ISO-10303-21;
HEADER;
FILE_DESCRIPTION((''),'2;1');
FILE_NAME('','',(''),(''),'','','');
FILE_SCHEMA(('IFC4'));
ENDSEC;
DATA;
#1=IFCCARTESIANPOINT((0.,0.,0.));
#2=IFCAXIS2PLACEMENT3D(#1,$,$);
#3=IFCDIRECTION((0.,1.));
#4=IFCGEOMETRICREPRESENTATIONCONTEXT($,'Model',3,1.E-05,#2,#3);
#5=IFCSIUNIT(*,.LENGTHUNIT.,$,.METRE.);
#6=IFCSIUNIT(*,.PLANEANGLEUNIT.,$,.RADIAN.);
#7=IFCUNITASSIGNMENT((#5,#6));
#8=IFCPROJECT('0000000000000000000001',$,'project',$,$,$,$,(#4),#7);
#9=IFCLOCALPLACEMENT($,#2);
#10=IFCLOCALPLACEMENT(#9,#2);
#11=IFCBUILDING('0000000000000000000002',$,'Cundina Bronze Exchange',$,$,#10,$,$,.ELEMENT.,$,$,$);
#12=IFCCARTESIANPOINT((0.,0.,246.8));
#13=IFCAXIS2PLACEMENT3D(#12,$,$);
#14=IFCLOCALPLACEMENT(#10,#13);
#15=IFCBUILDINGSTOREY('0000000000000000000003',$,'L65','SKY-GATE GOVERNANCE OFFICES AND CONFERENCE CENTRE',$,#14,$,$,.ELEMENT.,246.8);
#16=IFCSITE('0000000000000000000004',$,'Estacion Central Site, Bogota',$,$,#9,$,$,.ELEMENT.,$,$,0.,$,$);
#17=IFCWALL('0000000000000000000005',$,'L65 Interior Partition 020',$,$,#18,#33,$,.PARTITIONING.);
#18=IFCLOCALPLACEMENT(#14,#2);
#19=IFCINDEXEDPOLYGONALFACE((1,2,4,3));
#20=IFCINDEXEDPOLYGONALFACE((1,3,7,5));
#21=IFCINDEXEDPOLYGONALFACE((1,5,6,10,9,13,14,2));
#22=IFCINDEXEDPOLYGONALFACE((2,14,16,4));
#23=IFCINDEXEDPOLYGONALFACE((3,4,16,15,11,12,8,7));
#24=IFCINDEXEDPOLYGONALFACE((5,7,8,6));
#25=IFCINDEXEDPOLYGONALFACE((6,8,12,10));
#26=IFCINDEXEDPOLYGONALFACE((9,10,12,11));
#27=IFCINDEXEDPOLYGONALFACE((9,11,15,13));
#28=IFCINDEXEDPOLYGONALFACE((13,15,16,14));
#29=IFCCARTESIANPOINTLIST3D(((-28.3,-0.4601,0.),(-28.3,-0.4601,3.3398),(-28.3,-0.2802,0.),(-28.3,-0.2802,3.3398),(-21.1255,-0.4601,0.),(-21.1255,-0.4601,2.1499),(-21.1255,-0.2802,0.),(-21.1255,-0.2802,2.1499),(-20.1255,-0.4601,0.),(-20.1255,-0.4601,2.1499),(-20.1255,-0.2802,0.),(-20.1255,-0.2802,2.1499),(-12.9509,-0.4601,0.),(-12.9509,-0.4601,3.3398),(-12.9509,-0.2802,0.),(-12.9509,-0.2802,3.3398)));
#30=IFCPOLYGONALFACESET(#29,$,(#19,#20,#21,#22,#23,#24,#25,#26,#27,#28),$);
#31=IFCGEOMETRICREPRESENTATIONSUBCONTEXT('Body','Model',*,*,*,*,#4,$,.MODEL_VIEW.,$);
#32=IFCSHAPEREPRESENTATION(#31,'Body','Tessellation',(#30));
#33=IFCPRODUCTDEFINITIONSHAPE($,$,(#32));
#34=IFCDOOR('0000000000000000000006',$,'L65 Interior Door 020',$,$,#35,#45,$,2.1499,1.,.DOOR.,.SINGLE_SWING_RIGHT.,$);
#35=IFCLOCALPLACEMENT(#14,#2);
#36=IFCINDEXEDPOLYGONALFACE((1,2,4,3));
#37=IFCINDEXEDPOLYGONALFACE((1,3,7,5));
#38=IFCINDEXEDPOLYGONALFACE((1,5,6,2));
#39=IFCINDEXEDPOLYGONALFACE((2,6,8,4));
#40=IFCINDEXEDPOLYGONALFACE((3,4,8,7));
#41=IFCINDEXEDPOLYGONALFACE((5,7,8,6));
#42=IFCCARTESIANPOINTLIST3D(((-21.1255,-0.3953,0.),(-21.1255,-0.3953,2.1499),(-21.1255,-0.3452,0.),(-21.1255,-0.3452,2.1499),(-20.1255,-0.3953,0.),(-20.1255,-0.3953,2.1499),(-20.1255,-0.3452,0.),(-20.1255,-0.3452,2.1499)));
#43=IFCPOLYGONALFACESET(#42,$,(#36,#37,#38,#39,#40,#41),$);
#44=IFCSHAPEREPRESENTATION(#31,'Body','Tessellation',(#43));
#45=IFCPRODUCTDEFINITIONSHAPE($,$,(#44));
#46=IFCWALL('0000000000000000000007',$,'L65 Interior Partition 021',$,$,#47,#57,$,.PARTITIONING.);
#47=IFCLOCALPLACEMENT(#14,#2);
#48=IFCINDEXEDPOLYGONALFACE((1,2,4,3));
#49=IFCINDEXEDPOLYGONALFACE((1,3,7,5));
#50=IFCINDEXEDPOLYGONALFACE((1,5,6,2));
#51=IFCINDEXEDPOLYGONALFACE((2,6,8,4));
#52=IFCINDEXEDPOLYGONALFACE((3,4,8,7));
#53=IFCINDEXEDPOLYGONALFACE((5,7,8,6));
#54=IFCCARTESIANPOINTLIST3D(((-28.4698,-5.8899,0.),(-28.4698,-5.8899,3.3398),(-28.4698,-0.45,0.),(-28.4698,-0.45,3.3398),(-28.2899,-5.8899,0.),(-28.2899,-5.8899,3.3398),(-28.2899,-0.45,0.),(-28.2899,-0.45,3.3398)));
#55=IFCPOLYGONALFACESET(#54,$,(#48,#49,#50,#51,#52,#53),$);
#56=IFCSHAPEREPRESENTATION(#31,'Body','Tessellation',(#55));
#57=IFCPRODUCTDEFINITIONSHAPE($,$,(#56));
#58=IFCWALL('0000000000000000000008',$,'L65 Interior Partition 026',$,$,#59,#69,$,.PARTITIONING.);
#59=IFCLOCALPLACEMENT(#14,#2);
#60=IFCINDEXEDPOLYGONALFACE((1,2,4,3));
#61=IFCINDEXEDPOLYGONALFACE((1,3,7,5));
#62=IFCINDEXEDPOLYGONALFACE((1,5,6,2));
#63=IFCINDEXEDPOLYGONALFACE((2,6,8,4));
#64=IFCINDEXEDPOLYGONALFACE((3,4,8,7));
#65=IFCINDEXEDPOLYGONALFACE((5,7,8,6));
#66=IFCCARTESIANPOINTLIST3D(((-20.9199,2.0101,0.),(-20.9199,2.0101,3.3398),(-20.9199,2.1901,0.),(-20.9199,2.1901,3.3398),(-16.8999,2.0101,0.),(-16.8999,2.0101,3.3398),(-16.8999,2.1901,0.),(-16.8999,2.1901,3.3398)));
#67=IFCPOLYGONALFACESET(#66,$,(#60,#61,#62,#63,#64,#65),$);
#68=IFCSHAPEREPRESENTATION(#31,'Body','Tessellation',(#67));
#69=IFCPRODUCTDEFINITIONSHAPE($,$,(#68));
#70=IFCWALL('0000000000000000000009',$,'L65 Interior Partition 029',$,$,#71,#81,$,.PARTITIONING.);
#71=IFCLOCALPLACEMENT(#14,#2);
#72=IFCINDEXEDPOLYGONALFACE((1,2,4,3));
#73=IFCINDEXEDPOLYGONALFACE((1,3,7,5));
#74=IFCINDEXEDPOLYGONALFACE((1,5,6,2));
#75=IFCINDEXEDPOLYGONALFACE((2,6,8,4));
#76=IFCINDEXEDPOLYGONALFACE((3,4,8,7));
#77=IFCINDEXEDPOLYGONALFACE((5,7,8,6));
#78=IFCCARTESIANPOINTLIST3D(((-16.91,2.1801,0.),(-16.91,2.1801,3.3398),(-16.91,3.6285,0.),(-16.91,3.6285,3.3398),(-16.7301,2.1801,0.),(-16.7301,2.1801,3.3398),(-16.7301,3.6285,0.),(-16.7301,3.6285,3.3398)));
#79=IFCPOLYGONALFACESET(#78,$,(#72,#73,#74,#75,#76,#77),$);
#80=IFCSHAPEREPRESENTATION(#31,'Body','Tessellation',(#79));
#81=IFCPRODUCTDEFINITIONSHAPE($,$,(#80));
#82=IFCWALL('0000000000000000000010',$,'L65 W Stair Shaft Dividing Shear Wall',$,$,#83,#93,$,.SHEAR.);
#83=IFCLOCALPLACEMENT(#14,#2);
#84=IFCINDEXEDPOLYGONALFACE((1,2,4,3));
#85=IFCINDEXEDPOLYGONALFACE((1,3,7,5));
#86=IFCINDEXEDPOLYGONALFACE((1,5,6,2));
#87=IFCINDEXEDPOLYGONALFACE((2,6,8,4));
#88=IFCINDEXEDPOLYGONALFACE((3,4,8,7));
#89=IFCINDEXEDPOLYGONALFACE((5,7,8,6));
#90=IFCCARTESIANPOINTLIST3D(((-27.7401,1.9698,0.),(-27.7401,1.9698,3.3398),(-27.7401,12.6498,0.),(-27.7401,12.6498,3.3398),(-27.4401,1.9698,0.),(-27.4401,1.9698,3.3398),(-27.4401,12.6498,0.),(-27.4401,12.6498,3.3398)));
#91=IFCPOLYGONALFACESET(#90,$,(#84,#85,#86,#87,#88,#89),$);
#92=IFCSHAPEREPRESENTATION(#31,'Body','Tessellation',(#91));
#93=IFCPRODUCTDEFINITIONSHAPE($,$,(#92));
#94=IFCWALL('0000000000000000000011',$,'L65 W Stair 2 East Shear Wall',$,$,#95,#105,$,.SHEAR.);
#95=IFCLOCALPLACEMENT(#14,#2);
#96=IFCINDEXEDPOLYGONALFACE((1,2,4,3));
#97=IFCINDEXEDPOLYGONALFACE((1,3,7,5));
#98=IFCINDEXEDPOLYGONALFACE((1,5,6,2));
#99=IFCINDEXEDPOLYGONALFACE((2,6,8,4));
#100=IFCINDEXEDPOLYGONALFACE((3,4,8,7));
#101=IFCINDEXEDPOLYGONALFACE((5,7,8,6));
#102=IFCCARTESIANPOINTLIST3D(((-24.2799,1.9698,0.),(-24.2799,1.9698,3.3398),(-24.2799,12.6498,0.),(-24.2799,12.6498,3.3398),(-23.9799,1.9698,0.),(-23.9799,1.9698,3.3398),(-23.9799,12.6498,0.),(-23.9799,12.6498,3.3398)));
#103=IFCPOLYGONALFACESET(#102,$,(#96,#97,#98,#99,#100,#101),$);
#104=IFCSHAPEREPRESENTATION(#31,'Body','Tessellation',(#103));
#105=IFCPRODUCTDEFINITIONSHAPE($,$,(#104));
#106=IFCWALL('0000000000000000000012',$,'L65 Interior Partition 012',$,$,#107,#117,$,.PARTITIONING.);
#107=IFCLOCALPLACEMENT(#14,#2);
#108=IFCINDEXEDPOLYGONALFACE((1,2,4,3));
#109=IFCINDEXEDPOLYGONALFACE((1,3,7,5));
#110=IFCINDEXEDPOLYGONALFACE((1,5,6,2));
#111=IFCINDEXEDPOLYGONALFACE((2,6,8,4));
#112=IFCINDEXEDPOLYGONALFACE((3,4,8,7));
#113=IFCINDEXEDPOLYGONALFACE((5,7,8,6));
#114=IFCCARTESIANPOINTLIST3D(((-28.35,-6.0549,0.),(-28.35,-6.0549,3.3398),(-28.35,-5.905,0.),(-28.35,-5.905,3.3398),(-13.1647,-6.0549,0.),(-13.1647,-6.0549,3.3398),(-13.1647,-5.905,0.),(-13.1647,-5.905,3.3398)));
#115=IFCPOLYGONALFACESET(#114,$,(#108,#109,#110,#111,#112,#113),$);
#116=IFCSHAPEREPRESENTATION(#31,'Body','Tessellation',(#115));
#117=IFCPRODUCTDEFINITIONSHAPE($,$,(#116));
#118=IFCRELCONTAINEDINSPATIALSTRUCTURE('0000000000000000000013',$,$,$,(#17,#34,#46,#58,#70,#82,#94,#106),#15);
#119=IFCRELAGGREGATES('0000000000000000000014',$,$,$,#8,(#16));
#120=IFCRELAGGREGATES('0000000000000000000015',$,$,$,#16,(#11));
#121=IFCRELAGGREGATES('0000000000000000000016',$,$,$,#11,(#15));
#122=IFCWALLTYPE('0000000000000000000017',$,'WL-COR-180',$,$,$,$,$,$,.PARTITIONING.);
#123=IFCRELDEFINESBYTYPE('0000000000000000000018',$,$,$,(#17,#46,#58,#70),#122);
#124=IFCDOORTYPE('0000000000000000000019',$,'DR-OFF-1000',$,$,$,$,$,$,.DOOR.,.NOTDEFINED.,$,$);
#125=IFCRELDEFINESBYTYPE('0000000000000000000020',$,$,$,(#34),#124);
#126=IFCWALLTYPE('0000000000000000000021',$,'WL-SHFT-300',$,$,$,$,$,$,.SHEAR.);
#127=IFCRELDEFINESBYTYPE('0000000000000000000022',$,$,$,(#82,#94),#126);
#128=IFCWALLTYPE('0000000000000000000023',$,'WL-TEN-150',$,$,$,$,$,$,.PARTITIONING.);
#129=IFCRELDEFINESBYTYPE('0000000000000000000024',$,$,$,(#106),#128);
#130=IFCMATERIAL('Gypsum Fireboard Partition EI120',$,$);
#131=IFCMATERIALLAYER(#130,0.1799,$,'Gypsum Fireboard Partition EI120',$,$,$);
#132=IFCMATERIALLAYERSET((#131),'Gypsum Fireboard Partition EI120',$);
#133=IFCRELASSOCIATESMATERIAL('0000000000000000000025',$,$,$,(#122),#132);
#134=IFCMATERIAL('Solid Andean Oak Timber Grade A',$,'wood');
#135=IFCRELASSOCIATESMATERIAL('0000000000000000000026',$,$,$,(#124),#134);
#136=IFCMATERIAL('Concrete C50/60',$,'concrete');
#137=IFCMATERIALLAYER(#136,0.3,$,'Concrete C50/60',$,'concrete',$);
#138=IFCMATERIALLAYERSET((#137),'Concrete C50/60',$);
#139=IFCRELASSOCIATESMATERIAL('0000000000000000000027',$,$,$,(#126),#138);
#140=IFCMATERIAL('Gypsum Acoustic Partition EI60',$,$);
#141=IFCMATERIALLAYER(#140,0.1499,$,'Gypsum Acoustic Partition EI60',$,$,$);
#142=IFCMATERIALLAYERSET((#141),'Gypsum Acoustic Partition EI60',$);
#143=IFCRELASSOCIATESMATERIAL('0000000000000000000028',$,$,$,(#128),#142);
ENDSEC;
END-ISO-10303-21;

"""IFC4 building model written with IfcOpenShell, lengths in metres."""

from ifc_helpers import new_model, si_unit, direction, frame, frame_2d, origin, place, context, subcontext, project, spatial, rectangle, extrude, material, layer, layer_set, type_object, element, fill, save


model = new_model("IFC4")

# Units and contexts
model_context = context("Model", 3, precision=1e-05, world=origin(), true_north=direction((0.0, 1.0)))
body_context = subcontext(model_context, "Body", "Model", "MODEL_VIEW")
ifc_project = project(units=[si_unit("LENGTHUNIT", "METRE"), si_unit("PLANEANGLEUNIT", "RADIAN")], contexts=[model_context])

# Site, building, storey
site_placement = place(None, origin())
site = spatial("IfcSite", under=ifc_project, at=site_placement, Name="Estacion Central Site, Bogota", CompositionType="ELEMENT", RefElevation=0.0)
building_placement = place(site_placement, origin())
building = spatial("IfcBuilding", under=site, at=building_placement, Name="Cundina Bronze Exchange", CompositionType="ELEMENT")
storey_placement = place(building_placement, frame((0.0, 0.0, 246.8)))
storey = spatial("IfcBuildingStorey", under=building, at=storey_placement, Name="L65", Description="SKY-GATE GOVERNANCE OFFICES AND CONFERENCE CENTRE", CompositionType="ELEMENT", Elevation=246.8)

# Shared definitions
ifc_material_1 = material(Name="Concrete C50/60", Category="concrete")

# Shared definitions
ifc_material_2 = material(Name="Gypsum Fireboard Partition EI120")
ifc_layer_1 = layer(ifc_material_2, 0.1799, Name="Gypsum Fireboard Partition EI120")
ifc_layer_set_1 = layer_set([ifc_layer_1], Name="Gypsum Fireboard Partition EI120")
wall_type_1 = type_object("IfcWallType", Name="WL-COR-180", PredefinedType="PARTITIONING", material=ifc_layer_set_1)

# Wall, opening, door
wall_1_placement = place(storey_placement, frame((-28.3, -0.3701, 0.0), z_axis=(0.0, 0.0, 1.0), x_axis=(1.0, 0.0, 0.0)))
wall_1 = element("IfcWall", 1, at=wall_1_placement, inside=storey, type_object=wall_type_1, Name="L65 Interior Partition 020", PredefinedType="PARTITIONING", context=body_context, shape_type="SweptSolid", body=[
    extrude(rectangle(XDim=15.3491, YDim=0.1799, at=frame_2d((7.6746, 0.0))), origin(), (0.0, 0.0, 1.0), 3.3398),
])
opening_1_placement = place(wall_1_placement, frame((7.1746, 0.0, 0.0)))
opening_1 = element("IfcOpeningElement", 2, at=opening_1_placement, cuts=wall_1, PredefinedType="OPENING", context=body_context, shape_type="SweptSolid", body=[
    extrude(rectangle(XDim=1.0, YDim=2.1499, at=frame_2d((0.5, 1.075))), frame((0.0, 0.0999, 0.0), z_axis=(0.0, -1.0, 0.0), x_axis=(1.0, 0.0, 0.0)), (0.0, 0.0, 1.0), 0.2),
])
ifc_material_3 = material(Name="Solid Andean Oak Timber Grade A", Category="wood")
door_type_1 = type_object("IfcDoorType", Name="DR-OFF-1000", OperationType="NOTDEFINED", PredefinedType="DOOR", material=ifc_material_3)
door_1_placement = place(opening_1_placement, origin())
door_1 = element("IfcDoor", 3, at=door_1_placement, inside=storey, type_object=door_type_1, Name="L65 Interior Door 020", OperationType="SINGLE_SWING_RIGHT", OverallHeight=2.1499, OverallWidth=1.0, PredefinedType="DOOR", context=body_context, shape_type="SweptSolid", body=[
    extrude(rectangle(XDim=1.0, YDim=2.1499, at=frame_2d((0.5, 1.075))), frame((0.0, 0.0249, 0.0), z_axis=(0.0, -1.0, 0.0), x_axis=(1.0, 0.0, 0.0)), (0.0, 0.0, 1.0), 0.05),
])
fill(opening_1, door_1)

# Walls
wall_2_placement = place(storey_placement, frame((-28.3799, -5.8899, 0.0), z_axis=(0.0, 0.0, 1.0), x_axis=(0.0, 1.0, 0.0)))
element("IfcWall", 4, at=wall_2_placement, inside=storey, type_object=wall_type_1, Name="L65 Interior Partition 021", PredefinedType="PARTITIONING", context=body_context, shape_type="SweptSolid", body=[
    extrude(rectangle(XDim=5.4399, YDim=0.1799, at=frame_2d((2.72, 0.0))), origin(), (0.0, 0.0, 1.0), 3.3398),
])
wall_3_placement = place(storey_placement, frame((-16.8999, 2.1001, 0.0), z_axis=(0.0, 0.0, 1.0), x_axis=(-1.0, 0.0, 0.0)))
element("IfcWall", 5, at=wall_3_placement, inside=storey, type_object=wall_type_1, Name="L65 Interior Partition 026", PredefinedType="PARTITIONING", context=body_context, shape_type="SweptSolid", body=[
    extrude(rectangle(XDim=4.02, YDim=0.1799, at=frame_2d((2.01, 0.0))), origin(), (0.0, 0.0, 1.0), 3.3398),
])
wall_4_placement = place(storey_placement, frame((-16.8201, 3.6284, 0.0), z_axis=(0.0, 0.0, 1.0), x_axis=(0.0, -1.0, 0.0)))
element("IfcWall", 6, at=wall_4_placement, inside=storey, type_object=wall_type_1, Name="L65 Interior Partition 029", PredefinedType="PARTITIONING", context=body_context, shape_type="SweptSolid", body=[
    extrude(rectangle(XDim=1.4485, YDim=0.1799, at=frame_2d((0.7241, 0.0))), origin(), (0.0, 0.0, 1.0), 3.3398),
])
ifc_layer_2 = layer(ifc_material_1, 0.3, Name="Concrete C50/60", Category="concrete")
ifc_layer_set_2 = layer_set([ifc_layer_2], Name="Concrete C50/60")
wall_type_2 = type_object("IfcWallType", Name="WL-SHFT-300", PredefinedType="SHEAR", material=ifc_layer_set_2)
for number, where, z_axis, x_axis, name in (
    (7, (-27.5901, 1.97, 0.0), (0.0, 0.0, 1.0), (0.0, 1.0, 0.0), "L65 W Stair Shaft Dividing Shear Wall"),
    (8, (-24.1299, 1.97, 0.0), (0.0, 0.0, 1.0), (0.0, 1.0, 0.0), "L65 W Stair 2 East Shear Wall"),
):
    element("IfcWall", number, at=place(storey_placement, frame(where, z_axis=z_axis, x_axis=x_axis)), inside=storey, type_object=wall_type_2, Name=name, PredefinedType="SHEAR", context=body_context, shape_type="SweptSolid", body=[
        extrude(rectangle(XDim=10.6799, YDim=0.3, at=frame_2d((5.3398, 0.0))), origin(), (0.0, 0.0, 1.0), 3.3398),
    ])
ifc_material_4 = material(Name="Gypsum Acoustic Partition EI60")
ifc_layer_3 = layer(ifc_material_4, 0.1499, Name="Gypsum Acoustic Partition EI60")
ifc_layer_set_3 = layer_set([ifc_layer_3], Name="Gypsum Acoustic Partition EI60")
wall_type_3 = type_object("IfcWallType", Name="WL-TEN-150", PredefinedType="PARTITIONING", material=ifc_layer_set_3)
wall_5_placement = place(storey_placement, frame((-28.3501, -5.98, 0.0), z_axis=(0.0, 0.0, 1.0), x_axis=(1.0, 0.0, 0.0)))
element("IfcWall", 9, at=wall_5_placement, inside=storey, type_object=wall_type_3, Name="L65 Interior Partition 012", PredefinedType="PARTITIONING", context=body_context, shape_type="SweptSolid", body=[
    extrude(rectangle(XDim=15.1853, YDim=0.1499, at=frame_2d((7.5928, 0.0))), origin(), (0.0, 0.0, 1.0), 3.3398),
])

save(model, "model.ifc")
